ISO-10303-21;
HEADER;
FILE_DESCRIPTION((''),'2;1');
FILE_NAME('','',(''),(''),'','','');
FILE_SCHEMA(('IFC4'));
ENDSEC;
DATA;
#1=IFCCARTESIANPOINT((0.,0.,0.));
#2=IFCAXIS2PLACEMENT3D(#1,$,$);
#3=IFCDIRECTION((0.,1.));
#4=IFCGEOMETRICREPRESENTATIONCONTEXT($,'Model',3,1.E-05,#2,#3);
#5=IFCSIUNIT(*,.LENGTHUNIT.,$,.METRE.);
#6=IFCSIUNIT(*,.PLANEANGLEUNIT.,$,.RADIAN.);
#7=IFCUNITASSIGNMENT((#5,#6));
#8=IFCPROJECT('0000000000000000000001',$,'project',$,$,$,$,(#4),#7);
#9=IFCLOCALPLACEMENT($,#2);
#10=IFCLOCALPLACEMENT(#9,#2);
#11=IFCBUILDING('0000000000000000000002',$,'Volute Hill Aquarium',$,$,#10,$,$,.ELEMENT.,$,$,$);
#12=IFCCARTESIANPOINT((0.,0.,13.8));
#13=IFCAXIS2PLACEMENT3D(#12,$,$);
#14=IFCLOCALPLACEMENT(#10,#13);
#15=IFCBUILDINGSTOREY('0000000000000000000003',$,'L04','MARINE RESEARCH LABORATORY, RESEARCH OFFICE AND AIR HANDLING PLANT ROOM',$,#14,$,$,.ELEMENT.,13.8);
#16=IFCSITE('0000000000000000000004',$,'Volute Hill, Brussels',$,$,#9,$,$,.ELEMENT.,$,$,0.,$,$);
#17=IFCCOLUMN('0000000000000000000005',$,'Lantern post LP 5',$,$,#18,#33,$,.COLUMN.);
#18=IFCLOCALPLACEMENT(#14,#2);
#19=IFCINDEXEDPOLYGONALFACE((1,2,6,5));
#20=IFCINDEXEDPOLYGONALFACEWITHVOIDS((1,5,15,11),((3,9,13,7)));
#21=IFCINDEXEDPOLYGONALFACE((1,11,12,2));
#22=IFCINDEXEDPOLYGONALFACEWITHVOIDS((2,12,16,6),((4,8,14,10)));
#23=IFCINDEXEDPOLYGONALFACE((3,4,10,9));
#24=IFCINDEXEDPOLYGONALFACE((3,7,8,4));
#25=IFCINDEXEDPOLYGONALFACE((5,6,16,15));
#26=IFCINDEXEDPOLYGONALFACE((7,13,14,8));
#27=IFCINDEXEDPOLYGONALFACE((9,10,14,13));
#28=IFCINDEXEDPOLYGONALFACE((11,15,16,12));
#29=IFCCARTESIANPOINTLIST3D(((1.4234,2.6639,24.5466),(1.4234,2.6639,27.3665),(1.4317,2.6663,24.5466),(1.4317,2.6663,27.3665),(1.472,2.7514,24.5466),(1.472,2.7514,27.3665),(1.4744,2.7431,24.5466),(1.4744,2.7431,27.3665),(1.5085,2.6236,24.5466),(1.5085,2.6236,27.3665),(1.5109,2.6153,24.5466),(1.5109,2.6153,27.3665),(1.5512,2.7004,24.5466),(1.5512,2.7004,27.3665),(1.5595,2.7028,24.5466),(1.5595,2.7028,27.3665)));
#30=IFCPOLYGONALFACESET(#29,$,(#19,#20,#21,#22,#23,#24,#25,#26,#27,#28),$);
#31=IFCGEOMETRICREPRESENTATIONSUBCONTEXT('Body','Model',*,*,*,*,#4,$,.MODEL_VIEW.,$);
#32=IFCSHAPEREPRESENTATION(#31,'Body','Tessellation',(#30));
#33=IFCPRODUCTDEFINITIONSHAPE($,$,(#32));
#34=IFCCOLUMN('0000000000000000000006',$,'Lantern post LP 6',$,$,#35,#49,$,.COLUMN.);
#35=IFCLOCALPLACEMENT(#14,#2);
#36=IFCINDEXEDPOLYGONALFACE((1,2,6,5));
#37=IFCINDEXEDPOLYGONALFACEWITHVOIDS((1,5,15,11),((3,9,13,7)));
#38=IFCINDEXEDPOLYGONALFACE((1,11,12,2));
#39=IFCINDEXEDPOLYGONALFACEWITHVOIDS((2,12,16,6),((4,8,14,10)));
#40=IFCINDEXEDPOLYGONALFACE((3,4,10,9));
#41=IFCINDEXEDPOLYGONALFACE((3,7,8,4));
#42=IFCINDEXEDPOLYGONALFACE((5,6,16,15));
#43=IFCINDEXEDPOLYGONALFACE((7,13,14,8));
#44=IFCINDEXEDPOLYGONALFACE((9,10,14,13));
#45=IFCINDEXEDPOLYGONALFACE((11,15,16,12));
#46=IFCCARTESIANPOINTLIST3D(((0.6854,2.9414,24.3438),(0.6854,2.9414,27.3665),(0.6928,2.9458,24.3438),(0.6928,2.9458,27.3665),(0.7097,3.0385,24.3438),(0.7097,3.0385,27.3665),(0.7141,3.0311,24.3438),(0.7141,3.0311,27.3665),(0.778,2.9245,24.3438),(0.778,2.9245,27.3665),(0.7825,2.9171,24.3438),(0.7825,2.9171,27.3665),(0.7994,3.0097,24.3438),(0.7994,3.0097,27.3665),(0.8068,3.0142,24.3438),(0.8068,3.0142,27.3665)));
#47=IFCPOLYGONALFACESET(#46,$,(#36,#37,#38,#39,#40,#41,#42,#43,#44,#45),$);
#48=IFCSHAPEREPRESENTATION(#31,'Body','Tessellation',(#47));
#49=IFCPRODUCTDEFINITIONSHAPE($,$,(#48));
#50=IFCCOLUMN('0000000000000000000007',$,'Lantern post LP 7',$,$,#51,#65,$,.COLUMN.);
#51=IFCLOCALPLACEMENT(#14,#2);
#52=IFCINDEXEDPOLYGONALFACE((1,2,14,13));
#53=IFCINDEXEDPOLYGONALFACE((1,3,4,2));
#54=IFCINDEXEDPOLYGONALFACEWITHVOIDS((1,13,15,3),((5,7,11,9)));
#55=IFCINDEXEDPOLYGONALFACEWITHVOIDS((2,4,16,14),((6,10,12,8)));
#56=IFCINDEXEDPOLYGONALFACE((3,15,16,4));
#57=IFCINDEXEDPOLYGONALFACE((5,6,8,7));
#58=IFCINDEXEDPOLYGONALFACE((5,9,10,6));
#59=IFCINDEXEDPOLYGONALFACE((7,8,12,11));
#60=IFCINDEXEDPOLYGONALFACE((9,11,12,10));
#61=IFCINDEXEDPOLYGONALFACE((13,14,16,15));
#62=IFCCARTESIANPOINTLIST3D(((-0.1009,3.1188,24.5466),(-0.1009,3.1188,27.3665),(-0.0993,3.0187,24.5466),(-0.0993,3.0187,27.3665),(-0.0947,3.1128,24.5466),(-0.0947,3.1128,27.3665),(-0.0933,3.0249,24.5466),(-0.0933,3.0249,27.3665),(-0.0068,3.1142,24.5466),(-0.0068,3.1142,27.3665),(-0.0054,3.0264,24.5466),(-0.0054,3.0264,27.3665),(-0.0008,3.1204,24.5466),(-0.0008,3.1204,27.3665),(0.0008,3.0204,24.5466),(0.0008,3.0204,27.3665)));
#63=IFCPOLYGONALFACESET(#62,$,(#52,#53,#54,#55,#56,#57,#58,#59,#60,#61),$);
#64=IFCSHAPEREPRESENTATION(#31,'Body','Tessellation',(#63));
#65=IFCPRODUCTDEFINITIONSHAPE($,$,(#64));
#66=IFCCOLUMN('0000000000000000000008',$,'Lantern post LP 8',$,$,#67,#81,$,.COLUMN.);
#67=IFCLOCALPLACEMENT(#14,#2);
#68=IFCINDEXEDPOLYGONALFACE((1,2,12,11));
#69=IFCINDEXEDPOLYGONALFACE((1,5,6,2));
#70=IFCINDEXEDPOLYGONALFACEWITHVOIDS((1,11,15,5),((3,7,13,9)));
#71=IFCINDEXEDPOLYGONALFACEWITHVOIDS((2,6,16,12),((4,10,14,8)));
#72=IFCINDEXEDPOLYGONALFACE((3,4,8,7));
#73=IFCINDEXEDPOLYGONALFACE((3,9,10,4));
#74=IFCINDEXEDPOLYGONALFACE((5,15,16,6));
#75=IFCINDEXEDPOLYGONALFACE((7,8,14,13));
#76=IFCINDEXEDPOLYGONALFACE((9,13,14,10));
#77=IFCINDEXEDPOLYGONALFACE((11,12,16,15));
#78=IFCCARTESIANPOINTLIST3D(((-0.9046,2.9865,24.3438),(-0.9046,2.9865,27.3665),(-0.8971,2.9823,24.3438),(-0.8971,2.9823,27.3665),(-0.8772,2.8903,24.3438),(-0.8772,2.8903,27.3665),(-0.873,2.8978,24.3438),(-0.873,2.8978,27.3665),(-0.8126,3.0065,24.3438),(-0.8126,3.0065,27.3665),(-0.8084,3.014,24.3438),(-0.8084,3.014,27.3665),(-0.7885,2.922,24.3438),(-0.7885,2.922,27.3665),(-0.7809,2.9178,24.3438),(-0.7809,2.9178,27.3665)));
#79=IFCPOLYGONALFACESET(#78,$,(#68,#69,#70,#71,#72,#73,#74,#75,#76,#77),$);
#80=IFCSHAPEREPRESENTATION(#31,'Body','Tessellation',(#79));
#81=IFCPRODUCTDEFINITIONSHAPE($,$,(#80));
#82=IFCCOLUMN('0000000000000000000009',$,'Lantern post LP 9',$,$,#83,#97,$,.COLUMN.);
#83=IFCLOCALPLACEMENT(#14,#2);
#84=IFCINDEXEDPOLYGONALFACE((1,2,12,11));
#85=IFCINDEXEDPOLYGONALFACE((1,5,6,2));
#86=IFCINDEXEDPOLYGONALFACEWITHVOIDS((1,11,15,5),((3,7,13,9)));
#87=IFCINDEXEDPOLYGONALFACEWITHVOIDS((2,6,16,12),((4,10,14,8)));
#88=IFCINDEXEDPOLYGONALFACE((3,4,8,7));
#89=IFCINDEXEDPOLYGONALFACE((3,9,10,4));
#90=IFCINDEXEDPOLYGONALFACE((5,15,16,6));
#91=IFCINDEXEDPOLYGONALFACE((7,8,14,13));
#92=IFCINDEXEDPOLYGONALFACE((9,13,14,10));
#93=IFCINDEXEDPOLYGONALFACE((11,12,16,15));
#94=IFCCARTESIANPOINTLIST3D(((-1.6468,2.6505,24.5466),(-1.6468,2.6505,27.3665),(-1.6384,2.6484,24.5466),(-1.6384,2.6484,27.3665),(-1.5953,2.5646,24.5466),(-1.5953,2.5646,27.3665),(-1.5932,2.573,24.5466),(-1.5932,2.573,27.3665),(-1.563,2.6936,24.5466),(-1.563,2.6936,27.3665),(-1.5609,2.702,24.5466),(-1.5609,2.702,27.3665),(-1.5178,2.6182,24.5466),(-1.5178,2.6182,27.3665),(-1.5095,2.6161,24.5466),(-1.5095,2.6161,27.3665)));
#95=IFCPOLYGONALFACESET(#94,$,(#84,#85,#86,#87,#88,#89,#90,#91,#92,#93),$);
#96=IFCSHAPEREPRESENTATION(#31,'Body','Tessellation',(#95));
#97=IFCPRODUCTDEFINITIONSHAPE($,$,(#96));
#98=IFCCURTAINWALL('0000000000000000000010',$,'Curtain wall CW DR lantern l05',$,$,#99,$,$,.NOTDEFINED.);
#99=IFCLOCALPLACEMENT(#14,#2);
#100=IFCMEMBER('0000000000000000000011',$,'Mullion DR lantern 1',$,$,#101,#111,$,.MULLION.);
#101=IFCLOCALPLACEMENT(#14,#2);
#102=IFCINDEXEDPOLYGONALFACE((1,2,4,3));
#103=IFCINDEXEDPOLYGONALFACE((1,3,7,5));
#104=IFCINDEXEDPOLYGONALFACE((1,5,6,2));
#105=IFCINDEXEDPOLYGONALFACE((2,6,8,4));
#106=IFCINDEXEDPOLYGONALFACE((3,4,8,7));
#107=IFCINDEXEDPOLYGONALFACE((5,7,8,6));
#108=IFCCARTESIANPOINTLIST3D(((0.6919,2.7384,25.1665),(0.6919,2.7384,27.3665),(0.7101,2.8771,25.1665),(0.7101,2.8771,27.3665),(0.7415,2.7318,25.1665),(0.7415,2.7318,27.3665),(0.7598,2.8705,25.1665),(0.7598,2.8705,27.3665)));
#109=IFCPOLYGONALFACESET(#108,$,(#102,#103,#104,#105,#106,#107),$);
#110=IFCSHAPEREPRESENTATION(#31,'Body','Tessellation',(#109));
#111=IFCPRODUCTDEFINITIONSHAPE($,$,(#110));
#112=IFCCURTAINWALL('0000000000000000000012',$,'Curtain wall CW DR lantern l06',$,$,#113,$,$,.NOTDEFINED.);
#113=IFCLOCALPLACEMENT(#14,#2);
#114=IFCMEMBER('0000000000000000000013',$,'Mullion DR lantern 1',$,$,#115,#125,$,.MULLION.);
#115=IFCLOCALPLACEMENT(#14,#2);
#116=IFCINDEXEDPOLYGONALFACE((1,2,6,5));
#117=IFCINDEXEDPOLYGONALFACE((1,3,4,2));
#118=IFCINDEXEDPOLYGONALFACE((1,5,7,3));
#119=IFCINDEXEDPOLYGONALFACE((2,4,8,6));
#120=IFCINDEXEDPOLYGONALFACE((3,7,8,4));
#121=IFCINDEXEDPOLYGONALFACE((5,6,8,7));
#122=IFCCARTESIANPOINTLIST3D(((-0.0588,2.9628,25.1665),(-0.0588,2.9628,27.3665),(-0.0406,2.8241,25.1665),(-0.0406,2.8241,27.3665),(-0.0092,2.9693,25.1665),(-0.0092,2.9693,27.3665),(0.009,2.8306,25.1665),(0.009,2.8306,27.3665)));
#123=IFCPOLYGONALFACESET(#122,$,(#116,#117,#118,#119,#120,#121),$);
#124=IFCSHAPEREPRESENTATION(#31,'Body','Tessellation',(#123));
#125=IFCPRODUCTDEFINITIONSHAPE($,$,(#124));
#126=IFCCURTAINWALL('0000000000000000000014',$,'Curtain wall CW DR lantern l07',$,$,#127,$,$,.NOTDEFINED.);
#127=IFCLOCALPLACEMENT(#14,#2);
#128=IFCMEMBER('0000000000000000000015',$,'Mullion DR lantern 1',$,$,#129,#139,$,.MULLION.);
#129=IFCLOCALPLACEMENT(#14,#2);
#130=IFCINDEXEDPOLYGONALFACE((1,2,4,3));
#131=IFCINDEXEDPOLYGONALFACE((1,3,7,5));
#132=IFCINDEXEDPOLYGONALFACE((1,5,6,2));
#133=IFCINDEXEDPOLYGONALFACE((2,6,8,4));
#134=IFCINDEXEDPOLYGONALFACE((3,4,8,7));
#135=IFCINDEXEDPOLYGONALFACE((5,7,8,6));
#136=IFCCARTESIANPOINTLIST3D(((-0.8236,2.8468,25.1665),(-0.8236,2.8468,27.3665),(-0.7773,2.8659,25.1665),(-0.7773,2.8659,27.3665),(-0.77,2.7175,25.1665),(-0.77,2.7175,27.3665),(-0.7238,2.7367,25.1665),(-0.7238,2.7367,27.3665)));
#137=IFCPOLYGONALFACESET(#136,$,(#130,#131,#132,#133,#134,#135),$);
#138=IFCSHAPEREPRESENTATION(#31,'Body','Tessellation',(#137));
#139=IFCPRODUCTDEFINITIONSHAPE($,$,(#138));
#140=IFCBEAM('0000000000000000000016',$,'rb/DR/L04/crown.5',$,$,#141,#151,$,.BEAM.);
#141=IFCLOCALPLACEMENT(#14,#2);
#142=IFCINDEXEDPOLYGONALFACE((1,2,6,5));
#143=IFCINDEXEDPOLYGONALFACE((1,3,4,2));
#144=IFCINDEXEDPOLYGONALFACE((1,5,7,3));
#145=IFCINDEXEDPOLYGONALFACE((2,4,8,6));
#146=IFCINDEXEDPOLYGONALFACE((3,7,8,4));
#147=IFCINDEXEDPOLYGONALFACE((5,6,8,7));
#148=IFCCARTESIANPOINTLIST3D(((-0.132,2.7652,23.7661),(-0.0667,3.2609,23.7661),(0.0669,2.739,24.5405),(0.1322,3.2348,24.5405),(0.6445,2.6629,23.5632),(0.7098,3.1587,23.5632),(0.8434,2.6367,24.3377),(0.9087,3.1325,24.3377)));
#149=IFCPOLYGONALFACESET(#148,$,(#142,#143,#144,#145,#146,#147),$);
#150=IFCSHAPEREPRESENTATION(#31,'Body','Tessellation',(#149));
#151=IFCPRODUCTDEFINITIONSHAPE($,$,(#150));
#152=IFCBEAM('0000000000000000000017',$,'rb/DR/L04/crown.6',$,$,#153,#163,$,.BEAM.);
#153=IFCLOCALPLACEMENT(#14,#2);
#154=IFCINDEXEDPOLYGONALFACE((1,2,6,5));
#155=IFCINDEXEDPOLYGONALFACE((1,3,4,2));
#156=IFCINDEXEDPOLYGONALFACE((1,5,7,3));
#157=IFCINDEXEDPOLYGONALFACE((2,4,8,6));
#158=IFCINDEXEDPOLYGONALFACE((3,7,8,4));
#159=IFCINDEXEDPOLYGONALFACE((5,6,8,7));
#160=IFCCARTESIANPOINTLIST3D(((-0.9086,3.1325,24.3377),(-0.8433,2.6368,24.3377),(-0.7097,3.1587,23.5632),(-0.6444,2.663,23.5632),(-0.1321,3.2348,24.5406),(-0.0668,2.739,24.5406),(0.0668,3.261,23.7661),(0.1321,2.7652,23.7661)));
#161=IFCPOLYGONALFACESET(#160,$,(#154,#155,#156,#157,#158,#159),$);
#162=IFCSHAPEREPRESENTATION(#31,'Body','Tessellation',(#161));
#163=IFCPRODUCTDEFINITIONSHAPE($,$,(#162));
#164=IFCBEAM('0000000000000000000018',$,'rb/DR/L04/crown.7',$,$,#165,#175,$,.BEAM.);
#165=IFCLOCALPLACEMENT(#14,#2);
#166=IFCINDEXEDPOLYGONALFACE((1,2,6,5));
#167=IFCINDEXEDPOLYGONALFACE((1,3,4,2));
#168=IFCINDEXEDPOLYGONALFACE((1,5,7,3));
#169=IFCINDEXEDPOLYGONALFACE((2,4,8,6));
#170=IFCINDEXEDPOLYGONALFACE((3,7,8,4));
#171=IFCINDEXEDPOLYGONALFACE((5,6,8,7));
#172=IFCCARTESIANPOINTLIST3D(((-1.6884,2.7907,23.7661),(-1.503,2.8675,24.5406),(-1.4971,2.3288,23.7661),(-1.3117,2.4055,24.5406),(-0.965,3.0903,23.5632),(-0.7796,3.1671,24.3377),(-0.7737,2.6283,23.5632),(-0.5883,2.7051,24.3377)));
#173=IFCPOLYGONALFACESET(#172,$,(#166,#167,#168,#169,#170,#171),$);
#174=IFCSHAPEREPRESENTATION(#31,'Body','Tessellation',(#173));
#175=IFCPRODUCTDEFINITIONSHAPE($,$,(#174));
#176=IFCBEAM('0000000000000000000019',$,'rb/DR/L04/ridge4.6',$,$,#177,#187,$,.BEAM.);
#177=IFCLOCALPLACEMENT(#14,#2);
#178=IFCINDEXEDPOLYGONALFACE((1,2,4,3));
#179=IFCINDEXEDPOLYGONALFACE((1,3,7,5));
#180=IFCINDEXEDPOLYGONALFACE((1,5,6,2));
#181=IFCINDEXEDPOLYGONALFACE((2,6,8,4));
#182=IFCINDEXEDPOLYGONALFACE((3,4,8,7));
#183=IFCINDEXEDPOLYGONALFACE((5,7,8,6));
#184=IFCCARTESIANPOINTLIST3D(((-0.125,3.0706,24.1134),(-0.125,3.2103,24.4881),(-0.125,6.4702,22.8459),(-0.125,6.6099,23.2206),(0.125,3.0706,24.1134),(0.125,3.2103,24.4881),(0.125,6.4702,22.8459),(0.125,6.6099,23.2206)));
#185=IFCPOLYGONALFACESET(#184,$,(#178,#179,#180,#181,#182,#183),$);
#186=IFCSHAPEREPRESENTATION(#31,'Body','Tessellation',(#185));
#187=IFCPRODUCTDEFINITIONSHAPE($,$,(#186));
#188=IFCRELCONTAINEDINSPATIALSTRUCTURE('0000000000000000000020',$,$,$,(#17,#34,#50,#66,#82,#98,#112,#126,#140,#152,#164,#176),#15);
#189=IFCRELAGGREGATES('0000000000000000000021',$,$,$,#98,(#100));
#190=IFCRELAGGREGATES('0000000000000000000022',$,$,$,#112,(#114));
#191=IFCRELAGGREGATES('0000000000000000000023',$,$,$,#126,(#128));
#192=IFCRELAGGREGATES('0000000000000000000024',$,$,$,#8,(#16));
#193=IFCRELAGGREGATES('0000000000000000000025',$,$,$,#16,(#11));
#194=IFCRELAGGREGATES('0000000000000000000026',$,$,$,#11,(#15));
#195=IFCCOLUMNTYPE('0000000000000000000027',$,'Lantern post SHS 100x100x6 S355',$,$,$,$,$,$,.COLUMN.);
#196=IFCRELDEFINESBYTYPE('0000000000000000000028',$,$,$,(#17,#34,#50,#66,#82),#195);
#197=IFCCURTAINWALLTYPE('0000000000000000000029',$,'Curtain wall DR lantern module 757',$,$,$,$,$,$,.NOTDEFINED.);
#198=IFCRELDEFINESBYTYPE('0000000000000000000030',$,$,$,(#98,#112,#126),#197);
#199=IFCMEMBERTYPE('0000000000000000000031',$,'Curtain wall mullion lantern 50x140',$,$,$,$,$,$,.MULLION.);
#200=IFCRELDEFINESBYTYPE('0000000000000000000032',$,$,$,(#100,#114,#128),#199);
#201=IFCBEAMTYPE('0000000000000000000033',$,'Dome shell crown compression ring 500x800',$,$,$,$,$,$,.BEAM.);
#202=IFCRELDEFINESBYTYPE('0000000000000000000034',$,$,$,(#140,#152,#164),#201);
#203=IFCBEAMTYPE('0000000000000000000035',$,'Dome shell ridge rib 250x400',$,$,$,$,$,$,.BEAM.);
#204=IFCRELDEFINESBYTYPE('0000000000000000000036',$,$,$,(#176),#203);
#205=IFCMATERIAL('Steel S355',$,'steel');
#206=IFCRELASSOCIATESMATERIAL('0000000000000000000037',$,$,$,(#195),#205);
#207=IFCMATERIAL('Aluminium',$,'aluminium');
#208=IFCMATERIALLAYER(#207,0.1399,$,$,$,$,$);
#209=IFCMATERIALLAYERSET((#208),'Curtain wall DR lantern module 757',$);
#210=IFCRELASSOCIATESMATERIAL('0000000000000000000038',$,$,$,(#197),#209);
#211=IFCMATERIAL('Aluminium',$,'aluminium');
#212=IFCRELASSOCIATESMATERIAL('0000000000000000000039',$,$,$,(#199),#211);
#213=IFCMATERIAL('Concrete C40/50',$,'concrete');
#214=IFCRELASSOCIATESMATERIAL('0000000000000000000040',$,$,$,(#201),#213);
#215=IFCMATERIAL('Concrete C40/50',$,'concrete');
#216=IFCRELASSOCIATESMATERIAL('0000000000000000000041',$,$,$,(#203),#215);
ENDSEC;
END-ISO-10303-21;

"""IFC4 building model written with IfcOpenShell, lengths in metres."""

from ifc_helpers import new_model, si_unit, direction, frame, origin, origin_2d, place, context, subcontext, project, spatial, rectangle, hollow_rectangle, extrude, material, layer, layer_set, material_profile, profile_set, type_object, element, aggregate, save


model = new_model("IFC4")

# Units and contexts
model_context = context("Model", 3, precision=1e-05, world=origin(), true_north=direction((0.0, 1.0)))
body_context = subcontext(model_context, "Body", "Model", "MODEL_VIEW")
ifc_project = project(units=[si_unit("LENGTHUNIT", "METRE"), si_unit("PLANEANGLEUNIT", "RADIAN")], contexts=[model_context])

# Site, building, storey
site_placement = place(None, origin())
site = spatial("IfcSite", under=ifc_project, at=site_placement, Name="Volute Hill, Brussels", CompositionType="ELEMENT", RefElevation=0.0)
building_placement = place(site_placement, origin())
building = spatial("IfcBuilding", under=site, at=building_placement, Name="Volute Hill Aquarium", CompositionType="ELEMENT")
storey_placement = place(building_placement, frame((0.0, 0.0, 13.8)))
storey = spatial("IfcBuildingStorey", under=building, at=storey_placement, Name="L04", Description="MARINE RESEARCH LABORATORY, RESEARCH OFFICE AND AIR HANDLING PLANT ROOM", CompositionType="ELEMENT", Elevation=13.8)

# Columns
ifc_material_1 = material(Name="Steel S355", Category="steel")
ifc_material_profile_1 = material_profile(ifc_material_1, hollow_rectangle(XDim=0.1001, YDim=0.1001, WallThickness=0.0061, at=origin_2d()), Name="SHS 100x100x6")
ifc_profile_set_1 = profile_set([ifc_material_profile_1], Name="Steel S355")
column_type = type_object("IfcColumnType", Name="Lantern post SHS 100x100x6 S355", PredefinedType="COLUMN", material=ifc_profile_set_1)
column_1_placement = place(storey_placement, frame((1.4915, 2.6833, 24.5466), z_axis=(0.0, 0.0, 1.0), x_axis=(0.48583, 0.874054, 0.0)))
element("IfcColumn", 1, at=column_1_placement, inside=storey, type_object=column_type, Name="Lantern post LP 5", PredefinedType="COLUMN", context=body_context, shape_type="SweptSolid", body=[
    extrude(hollow_rectangle(XDim=0.1001, YDim=0.1001, WallThickness=0.0061, at=origin_2d()), origin(), (0.0, 0.0, 1.0), 2.8198),
])
column_2_placement = place(storey_placement, frame((0.7461, 2.9778, 24.3438), z_axis=(0.0, 0.0, 1.0), x_axis=(0.243054, 0.970013, 0.0)))
element("IfcColumn", 2, at=column_2_placement, inside=storey, type_object=column_type, Name="Lantern post LP 6", PredefinedType="COLUMN", context=body_context, shape_type="SweptSolid", body=[
    extrude(hollow_rectangle(XDim=0.1001, YDim=0.1001, WallThickness=0.0061, at=origin_2d()), origin(), (0.0, 0.0, 1.0), 3.0227),
])
column_3_placement = place(storey_placement, frame((-0.05, 3.0696, 24.5466), z_axis=(0.0, 0.0, 1.0), x_axis=(-0.016286, 0.999867, 0.0)))
element("IfcColumn", 3, at=column_3_placement, inside=storey, type_object=column_type, Name="Lantern post LP 7", PredefinedType="COLUMN", context=body_context, shape_type="SweptSolid", body=[
    extrude(hollow_rectangle(XDim=0.1001, YDim=0.1001, WallThickness=0.0061, at=origin_2d()), origin(), (0.0, 0.0, 1.0), 2.8198),
])
column_4_placement = place(storey_placement, frame((-0.8428, 2.9521, 24.3438), z_axis=(0.0, 0.0, 1.0), x_axis=(-0.274516, 0.961583, 0.0)))
element("IfcColumn", 4, at=column_4_placement, inside=storey, type_object=column_type, Name="Lantern post LP 8", PredefinedType="COLUMN", context=body_context, shape_type="SweptSolid", body=[
    extrude(hollow_rectangle(XDim=0.1001, YDim=0.1001, WallThickness=0.0061, at=origin_2d()), origin(), (0.0, 0.0, 1.0), 3.0227),
])
column_5_placement = place(storey_placement, frame((-1.5781, 2.6333, 24.5466), z_axis=(0.0, 0.0, 1.0), x_axis=(-0.514038, 0.857768, 0.0)))
element("IfcColumn", 5, at=column_5_placement, inside=storey, type_object=column_type, Name="Lantern post LP 9", PredefinedType="COLUMN", context=body_context, shape_type="SweptSolid", body=[
    extrude(hollow_rectangle(XDim=0.1001, YDim=0.1001, WallThickness=0.0061, at=origin_2d()), origin(), (0.0, 0.0, 1.0), 2.8198),
])

# Curtain walls, members
ifc_material_2 = material(Name="Aluminium", Category="aluminium")
ifc_layer_1 = layer(ifc_material_2, 0.1399)
ifc_layer_set_1 = layer_set([ifc_layer_1], Name="Curtain wall DR lantern module 757")
curtain_wall_type = type_object("IfcCurtainWallType", Name="Curtain wall DR lantern module 757", PredefinedType="NOTDEFINED", material=ifc_layer_set_1)
curtain_wall_1_placement = place(storey_placement, origin())
curtain_wall_1 = element("IfcCurtainWall", 6, at=curtain_wall_1_placement, inside=storey, type_object=curtain_wall_type, Name="Curtain wall CW DR lantern l05", PredefinedType="NOTDEFINED")
ifc_material_3 = material(Name="Aluminium", Category="aluminium")
ifc_material_profile_2 = material_profile(ifc_material_3, rectangle(XDim=0.1399, YDim=0.05, at=origin_2d()), Name="Curtain wall mullion lantern 50x140")
ifc_profile_set_2 = profile_set([ifc_material_profile_2], Name="Aluminium")
member_type = type_object("IfcMemberType", Name="Curtain wall mullion lantern 50x140", PredefinedType="MULLION", material=ifc_profile_set_2)
member_1_placement = place(storey_placement, frame((0.7258, 2.8044, 25.1665), z_axis=(0.0, 0.0, 1.0), x_axis=(-0.130502, -0.991448, 0.0)))
member_1 = element("IfcMember", 7, at=member_1_placement, type_object=member_type, Name="Mullion DR lantern 1", PredefinedType="MULLION", context=body_context, shape_type="SweptSolid", body=[
    extrude(rectangle(XDim=0.1399, YDim=0.05, at=origin_2d()), origin(), (0.0, 0.0, 1.0), 2.2),
])
aggregate(curtain_wall_1, [member_1])
curtain_wall_2_placement = place(storey_placement, origin())
curtain_wall_2 = element("IfcCurtainWall", 8, at=curtain_wall_2_placement, inside=storey, type_object=curtain_wall_type, Name="Curtain wall CW DR lantern l06", PredefinedType="NOTDEFINED")
member_2_placement = place(storey_placement, frame((-0.0249, 2.8967, 25.1665), z_axis=(0.0, 0.0, 1.0), x_axis=(0.130502, -0.991448, 0.0)))
member_2 = element("IfcMember", 9, at=member_2_placement, type_object=member_type, Name="Mullion DR lantern 1", PredefinedType="MULLION", context=body_context, shape_type="SweptSolid", body=[
    extrude(rectangle(XDim=0.1399, YDim=0.05, at=origin_2d()), origin(), (0.0, 0.0, 1.0), 2.2),
])
aggregate(curtain_wall_2, [member_2])
curtain_wall_3_placement = place(storey_placement, origin())
curtain_wall_3 = element("IfcCurtainWall", 10, at=curtain_wall_3_placement, inside=storey, type_object=curtain_wall_type, Name="Curtain wall CW DR lantern l07", PredefinedType="NOTDEFINED")
member_3_placement = place(storey_placement, frame((-0.7737, 2.7917, 25.1665), z_axis=(0.0, 0.0, 1.0), x_axis=(0.382682, -0.92388, 0.0)))
member_3 = element("IfcMember", 11, at=member_3_placement, type_object=member_type, Name="Mullion DR lantern 1", PredefinedType="MULLION", context=body_context, shape_type="SweptSolid", body=[
    extrude(rectangle(XDim=0.1399, YDim=0.05, at=origin_2d()), origin(), (0.0, 0.0, 1.0), 2.2),
])
aggregate(curtain_wall_3, [member_3])

# Beams
ifc_material_4 = material(Name="Concrete C40/50", Category="concrete")
ifc_material_profile_3 = material_profile(ifc_material_4, rectangle(XDim=0.5, YDim=0.8, at=origin_2d()), Name="RC beam 500x800")
ifc_profile_set_3 = profile_set([ifc_material_profile_3], Name="Concrete C40/50")
beam_type_1 = type_object("IfcBeamType", Name="Dome shell crown compression ring 500x800", PredefinedType="BEAM", material=ifc_profile_set_3)
for number, where, z_axis, x_axis, name in (
    (12, (0.7766, 2.8977, 23.9504), (-0.959767, 0.12642, 0.250728), (-0.130592, -0.991436, 0.0), "rb/DR/L04/crown.5"),
    (13, (0.0, 3.0, 24.1533), (-0.959767, -0.12642, -0.250728), (0.130592, -0.991436, 0.0), "rb/DR/L04/crown.6"),
):
    element("IfcBeam", number, at=place(storey_placement, frame(where, z_axis=z_axis, x_axis=x_axis)), inside=storey, type_object=beam_type_1, Name=name, PredefinedType="BEAM", context=body_context, shape_type="SweptSolid", body=[
        extrude(rectangle(XDim=0.5, YDim=0.8, at=origin_2d()), origin(), (0.0, 0.0, 1.0), 0.8091),
    ])
beam_1_placement = place(storey_placement, frame((-0.7766, 2.8977, 23.9504), z_axis=(-0.894376, -0.370368, 0.250836), x_axis=(0.3826, -0.923914, 0.0)))
element("IfcBeam", 14, at=beam_1_placement, inside=storey, type_object=beam_type_1, Name="rb/DR/L04/crown.7", PredefinedType="BEAM", context=body_context, shape_type="SweptSolid", body=[
    extrude(rectangle(XDim=0.5, YDim=0.8, at=origin_2d()), origin(), (0.0, 0.0, 1.0), 0.8088),
])
ifc_material_5 = material(Name="Concrete C40/50", Category="concrete")
ifc_material_profile_4 = material_profile(ifc_material_5, rectangle(XDim=0.25, YDim=0.3999, at=origin_2d()), Name="RC rib 250x400")
ifc_profile_set_4 = profile_set([ifc_material_profile_4], Name="Concrete C40/50")
beam_type_2 = type_object("IfcBeamType", Name="Dome shell ridge rib 250x400", PredefinedType="BEAM", material=ifc_profile_set_4)
beam_2_placement = place(storey_placement, frame((0.0, 6.54, 23.0332), z_axis=(0.0, -0.936988, 0.34936), x_axis=(1.0, 0.0, 0.0)))
element("IfcBeam", 15, at=beam_2_placement, inside=storey, type_object=beam_type_2, Name="rb/DR/L04/ridge4.6", PredefinedType="BEAM", context=body_context, shape_type="SweptSolid", body=[
    extrude(rectangle(XDim=0.25, YDim=0.3999, at=origin_2d()), origin(), (0.0, 0.0, 1.0), 3.6282),
])

save(model, "model.ifc")
